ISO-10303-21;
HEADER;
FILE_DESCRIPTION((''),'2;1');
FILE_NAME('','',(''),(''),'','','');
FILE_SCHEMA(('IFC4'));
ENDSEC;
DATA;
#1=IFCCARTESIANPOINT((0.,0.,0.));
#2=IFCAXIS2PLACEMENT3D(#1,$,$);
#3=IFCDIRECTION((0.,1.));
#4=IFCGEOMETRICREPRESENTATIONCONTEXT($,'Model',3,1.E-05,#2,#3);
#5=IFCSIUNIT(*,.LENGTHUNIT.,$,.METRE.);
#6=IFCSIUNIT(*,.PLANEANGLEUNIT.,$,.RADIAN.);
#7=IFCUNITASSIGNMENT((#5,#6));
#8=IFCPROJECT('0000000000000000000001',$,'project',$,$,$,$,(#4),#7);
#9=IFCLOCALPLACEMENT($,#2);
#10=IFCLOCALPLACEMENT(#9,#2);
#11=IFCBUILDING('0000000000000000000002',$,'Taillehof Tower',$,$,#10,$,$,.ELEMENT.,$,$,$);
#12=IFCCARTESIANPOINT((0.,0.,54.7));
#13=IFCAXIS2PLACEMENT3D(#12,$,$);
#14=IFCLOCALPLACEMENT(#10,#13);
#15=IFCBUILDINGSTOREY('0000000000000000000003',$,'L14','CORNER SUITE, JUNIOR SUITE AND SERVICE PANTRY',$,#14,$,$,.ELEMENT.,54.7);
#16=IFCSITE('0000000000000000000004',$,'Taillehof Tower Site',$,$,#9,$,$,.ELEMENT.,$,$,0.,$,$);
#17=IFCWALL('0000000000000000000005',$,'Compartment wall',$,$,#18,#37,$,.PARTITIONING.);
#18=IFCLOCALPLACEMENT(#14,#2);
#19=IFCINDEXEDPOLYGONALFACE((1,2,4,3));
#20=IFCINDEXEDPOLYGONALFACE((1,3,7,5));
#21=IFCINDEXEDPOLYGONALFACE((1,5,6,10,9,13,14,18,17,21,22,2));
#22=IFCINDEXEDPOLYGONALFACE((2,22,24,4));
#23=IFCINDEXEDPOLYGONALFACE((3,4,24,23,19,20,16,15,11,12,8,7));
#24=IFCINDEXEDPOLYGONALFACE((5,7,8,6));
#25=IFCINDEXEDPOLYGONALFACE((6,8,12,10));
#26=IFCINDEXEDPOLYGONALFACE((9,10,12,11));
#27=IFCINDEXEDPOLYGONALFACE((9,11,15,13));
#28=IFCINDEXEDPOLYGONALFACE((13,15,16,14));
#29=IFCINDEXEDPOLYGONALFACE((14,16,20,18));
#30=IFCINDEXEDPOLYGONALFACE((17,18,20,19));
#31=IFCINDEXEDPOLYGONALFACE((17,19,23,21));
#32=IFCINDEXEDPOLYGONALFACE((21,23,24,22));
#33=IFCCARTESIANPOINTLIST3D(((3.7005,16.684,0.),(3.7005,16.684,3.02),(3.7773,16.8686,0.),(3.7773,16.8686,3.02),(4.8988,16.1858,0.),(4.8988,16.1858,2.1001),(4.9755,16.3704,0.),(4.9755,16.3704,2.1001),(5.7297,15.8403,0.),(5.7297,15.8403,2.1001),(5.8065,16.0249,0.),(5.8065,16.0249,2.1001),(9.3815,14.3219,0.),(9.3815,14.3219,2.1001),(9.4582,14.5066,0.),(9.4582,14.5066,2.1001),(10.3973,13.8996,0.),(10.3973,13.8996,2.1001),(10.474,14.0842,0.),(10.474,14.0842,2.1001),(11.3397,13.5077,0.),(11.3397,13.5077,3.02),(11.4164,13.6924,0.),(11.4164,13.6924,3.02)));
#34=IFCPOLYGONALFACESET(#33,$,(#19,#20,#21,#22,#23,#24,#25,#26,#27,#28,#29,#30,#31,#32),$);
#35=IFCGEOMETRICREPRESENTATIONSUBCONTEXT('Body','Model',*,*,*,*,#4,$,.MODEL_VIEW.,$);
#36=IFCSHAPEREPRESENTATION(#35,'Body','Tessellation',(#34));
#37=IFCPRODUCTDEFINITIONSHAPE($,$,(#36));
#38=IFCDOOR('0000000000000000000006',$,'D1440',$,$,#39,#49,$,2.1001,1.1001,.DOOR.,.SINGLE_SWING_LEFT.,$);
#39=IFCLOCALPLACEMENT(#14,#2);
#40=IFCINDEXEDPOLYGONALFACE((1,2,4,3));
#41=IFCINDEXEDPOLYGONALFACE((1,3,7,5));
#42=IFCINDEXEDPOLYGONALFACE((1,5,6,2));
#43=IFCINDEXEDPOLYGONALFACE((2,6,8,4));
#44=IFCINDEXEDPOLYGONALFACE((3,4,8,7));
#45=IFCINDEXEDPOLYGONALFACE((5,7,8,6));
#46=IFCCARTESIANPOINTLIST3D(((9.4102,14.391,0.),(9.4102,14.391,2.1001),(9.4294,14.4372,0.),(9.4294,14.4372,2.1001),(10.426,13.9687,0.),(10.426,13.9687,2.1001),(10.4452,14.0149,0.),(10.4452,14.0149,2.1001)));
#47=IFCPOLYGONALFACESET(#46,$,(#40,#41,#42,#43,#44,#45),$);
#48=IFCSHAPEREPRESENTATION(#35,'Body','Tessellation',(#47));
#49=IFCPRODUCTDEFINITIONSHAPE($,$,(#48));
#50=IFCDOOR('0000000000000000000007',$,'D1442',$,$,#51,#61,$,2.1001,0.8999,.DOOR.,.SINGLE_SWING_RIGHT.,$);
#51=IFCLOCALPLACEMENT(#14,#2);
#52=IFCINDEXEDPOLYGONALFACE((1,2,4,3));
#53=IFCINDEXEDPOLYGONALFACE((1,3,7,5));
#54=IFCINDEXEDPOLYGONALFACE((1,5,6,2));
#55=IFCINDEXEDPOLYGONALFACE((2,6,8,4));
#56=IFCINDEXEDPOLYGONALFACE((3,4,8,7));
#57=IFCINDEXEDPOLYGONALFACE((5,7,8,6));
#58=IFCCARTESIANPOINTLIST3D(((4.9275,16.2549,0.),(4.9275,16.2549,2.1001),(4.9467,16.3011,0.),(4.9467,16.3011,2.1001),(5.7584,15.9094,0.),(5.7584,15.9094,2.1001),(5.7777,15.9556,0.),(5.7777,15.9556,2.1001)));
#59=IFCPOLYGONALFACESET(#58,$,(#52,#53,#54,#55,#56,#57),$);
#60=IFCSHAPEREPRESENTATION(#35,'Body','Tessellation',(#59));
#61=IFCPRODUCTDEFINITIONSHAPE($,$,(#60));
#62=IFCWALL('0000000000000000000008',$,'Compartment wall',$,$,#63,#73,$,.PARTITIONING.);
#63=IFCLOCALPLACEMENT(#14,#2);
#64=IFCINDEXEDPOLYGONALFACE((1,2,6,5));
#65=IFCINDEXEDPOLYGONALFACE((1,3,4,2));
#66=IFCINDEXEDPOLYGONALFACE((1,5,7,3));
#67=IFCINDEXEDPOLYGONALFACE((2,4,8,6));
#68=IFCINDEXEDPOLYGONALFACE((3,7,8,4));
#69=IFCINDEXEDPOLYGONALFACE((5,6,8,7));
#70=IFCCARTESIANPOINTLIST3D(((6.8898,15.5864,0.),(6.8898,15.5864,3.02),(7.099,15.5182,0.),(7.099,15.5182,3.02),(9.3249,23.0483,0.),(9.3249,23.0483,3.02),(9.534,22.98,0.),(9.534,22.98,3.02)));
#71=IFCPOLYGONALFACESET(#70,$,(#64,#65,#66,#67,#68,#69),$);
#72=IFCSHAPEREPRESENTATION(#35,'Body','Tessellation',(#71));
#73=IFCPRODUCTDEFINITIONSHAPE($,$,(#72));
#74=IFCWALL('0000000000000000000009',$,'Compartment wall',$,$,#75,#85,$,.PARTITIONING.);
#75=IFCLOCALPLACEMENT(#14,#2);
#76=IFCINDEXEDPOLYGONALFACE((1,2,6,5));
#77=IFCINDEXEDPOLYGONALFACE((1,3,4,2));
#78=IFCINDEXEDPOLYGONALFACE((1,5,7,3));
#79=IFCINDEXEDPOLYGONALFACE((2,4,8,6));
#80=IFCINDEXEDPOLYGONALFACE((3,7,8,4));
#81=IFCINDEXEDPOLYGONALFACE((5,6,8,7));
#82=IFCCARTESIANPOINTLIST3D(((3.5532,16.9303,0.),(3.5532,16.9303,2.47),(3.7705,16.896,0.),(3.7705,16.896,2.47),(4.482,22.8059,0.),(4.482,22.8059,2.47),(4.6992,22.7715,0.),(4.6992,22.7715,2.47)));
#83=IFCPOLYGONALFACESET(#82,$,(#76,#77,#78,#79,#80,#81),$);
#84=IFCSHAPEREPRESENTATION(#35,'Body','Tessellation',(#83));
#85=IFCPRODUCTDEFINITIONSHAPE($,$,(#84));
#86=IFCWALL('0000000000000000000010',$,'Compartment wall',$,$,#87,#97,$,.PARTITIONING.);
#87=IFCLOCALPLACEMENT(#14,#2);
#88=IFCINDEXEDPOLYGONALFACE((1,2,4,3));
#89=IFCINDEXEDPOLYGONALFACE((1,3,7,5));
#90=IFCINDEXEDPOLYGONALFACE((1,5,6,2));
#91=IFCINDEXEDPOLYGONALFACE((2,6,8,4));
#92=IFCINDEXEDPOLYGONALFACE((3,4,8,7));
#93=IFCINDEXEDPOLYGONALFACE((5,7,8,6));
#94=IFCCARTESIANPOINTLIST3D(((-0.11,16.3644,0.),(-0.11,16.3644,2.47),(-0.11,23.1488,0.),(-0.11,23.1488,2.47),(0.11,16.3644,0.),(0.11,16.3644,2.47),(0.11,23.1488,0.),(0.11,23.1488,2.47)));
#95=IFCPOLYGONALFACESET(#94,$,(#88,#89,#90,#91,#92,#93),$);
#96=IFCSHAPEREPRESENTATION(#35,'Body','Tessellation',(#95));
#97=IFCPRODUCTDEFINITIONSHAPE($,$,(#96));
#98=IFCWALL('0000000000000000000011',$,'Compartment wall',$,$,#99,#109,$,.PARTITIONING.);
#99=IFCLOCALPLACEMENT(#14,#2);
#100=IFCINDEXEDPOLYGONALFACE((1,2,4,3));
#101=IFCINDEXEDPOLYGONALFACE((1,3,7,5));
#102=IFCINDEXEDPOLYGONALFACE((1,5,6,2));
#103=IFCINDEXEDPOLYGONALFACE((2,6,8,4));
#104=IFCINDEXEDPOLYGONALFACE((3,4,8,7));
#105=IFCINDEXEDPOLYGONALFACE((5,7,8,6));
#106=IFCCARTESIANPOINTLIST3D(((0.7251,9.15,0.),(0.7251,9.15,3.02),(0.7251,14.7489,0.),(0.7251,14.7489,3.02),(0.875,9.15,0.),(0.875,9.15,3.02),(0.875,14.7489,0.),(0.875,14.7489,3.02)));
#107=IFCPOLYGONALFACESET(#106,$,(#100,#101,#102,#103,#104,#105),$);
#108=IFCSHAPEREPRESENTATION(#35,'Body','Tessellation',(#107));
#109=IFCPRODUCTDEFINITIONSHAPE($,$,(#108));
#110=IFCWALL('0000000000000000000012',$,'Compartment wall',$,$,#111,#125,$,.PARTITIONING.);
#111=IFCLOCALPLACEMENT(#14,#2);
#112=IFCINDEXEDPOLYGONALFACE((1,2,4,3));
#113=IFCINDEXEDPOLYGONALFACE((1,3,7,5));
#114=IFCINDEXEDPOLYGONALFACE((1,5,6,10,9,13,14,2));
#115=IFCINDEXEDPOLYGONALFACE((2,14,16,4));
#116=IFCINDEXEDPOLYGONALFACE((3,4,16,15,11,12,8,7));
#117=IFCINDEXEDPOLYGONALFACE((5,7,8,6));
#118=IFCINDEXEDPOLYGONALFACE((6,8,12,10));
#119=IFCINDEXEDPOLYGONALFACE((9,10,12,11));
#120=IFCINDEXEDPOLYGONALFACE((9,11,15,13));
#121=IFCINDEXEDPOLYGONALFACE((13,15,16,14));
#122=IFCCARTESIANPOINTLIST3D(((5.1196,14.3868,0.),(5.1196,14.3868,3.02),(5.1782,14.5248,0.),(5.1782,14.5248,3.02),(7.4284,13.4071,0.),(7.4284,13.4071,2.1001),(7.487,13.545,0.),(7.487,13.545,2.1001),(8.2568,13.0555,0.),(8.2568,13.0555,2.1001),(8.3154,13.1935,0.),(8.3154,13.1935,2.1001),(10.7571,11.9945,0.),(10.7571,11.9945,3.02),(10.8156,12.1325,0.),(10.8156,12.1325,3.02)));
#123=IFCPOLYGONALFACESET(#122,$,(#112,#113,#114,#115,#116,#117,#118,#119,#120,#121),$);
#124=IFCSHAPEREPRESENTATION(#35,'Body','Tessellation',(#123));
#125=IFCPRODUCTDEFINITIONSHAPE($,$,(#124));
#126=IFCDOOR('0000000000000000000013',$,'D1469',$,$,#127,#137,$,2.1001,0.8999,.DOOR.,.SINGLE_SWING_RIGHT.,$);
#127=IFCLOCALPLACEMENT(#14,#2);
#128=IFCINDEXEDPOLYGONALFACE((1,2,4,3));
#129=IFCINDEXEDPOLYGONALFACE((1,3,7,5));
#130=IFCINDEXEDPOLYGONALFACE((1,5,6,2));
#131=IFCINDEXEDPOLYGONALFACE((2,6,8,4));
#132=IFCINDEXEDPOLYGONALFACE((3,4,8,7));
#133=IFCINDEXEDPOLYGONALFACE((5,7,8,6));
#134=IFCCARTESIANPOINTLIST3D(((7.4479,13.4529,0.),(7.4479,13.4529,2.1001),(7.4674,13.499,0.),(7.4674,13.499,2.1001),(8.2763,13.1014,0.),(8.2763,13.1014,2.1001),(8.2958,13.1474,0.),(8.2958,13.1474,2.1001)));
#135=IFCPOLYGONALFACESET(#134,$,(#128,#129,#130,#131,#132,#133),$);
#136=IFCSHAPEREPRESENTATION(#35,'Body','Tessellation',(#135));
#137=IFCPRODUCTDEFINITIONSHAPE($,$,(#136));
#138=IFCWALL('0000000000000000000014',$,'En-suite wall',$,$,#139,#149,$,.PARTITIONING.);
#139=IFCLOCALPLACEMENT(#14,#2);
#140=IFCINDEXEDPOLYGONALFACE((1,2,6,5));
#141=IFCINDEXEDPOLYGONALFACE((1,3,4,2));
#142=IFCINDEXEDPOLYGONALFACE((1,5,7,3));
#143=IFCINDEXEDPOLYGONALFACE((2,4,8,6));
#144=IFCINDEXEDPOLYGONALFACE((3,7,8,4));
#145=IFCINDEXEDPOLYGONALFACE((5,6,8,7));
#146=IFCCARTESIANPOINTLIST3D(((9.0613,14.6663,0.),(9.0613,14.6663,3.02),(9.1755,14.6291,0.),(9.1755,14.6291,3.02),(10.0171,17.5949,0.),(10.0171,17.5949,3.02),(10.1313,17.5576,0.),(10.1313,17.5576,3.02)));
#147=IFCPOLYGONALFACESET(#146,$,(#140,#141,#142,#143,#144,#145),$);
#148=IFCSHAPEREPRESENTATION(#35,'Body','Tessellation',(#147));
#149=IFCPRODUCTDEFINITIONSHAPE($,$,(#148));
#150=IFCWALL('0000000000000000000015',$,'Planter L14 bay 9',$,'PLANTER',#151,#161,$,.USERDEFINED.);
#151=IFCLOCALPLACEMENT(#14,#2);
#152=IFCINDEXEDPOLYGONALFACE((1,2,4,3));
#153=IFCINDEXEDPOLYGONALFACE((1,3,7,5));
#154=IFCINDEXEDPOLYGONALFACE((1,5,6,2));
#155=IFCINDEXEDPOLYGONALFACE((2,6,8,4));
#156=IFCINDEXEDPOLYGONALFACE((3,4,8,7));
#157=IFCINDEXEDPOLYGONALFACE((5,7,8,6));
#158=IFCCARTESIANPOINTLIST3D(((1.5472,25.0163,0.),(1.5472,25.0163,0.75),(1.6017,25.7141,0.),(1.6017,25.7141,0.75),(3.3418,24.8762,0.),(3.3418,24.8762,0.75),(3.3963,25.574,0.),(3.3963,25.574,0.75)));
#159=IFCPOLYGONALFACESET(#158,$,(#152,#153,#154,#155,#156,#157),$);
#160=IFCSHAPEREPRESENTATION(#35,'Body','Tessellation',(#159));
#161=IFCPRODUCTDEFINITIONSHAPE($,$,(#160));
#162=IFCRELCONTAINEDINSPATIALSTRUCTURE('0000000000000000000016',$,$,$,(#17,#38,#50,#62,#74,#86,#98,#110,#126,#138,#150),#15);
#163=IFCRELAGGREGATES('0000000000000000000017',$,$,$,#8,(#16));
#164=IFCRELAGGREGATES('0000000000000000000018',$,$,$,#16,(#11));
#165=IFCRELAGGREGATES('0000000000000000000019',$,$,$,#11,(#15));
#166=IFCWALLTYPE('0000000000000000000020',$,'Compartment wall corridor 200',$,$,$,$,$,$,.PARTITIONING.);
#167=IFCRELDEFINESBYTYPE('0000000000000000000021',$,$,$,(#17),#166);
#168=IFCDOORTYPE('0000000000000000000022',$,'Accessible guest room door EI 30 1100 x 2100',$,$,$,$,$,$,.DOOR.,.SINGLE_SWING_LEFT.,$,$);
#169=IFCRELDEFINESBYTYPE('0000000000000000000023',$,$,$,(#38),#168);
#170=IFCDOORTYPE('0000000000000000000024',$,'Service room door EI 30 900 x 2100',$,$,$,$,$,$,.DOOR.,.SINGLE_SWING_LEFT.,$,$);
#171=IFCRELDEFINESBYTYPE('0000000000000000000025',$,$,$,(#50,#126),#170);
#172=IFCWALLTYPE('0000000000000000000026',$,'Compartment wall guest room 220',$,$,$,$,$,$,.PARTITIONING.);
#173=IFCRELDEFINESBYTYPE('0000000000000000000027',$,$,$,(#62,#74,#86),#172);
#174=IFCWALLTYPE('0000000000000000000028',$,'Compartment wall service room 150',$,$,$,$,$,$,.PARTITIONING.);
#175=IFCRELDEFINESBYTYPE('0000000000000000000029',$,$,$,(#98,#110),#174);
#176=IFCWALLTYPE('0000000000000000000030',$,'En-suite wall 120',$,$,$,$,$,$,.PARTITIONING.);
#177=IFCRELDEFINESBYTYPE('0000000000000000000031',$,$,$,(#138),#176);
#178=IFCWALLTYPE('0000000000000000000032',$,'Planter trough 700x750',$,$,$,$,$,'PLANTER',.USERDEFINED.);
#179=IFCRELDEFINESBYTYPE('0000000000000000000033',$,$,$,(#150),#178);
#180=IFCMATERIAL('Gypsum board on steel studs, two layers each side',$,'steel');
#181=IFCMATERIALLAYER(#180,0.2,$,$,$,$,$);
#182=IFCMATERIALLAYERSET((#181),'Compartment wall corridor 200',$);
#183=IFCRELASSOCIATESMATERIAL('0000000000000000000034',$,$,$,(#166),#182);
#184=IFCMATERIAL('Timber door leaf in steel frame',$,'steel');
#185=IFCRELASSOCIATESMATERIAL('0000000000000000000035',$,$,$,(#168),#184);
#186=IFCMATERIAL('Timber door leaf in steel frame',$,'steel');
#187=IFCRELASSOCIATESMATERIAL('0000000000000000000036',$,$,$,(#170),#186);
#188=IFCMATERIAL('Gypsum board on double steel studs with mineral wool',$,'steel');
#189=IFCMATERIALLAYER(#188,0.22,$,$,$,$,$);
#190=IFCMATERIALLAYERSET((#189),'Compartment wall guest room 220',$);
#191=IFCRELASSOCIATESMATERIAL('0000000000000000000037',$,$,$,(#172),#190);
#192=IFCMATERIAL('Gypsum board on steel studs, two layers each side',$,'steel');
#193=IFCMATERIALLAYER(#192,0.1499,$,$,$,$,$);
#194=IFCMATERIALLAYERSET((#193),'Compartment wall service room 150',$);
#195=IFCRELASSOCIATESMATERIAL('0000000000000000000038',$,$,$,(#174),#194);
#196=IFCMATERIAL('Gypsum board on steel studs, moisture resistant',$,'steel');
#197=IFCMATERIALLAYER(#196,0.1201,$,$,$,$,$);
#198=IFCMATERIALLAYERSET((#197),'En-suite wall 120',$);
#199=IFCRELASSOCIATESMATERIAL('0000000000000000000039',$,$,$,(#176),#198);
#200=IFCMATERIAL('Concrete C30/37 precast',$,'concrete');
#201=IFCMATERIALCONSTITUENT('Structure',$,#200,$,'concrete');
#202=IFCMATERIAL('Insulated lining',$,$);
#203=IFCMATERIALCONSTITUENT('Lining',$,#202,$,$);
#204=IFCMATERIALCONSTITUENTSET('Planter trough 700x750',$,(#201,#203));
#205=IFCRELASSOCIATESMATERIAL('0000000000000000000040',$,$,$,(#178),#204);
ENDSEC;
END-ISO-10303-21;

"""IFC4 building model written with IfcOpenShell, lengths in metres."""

from ifc_helpers import new_model, si_unit, direction, frame, frame_2d, origin, place, context, subcontext, project, spatial, rectangle, extrude, material, layer, layer_set, constituent, constituent_set, type_object, element, fill, save


model = new_model("IFC4")

# Units and contexts
model_context = context("Model", 3, precision=1e-05, world=origin(), true_north=direction((0.0, 1.0)))
body_context = subcontext(model_context, "Body", "Model", "MODEL_VIEW")
ifc_project = project(units=[si_unit("LENGTHUNIT", "METRE"), si_unit("PLANEANGLEUNIT", "RADIAN")], contexts=[model_context])

# Site, building, storey
site_placement = place(None, origin())
site = spatial("IfcSite", under=ifc_project, at=site_placement, Name="Taillehof Tower Site", CompositionType="ELEMENT", RefElevation=0.0)
building_placement = place(site_placement, origin())
building = spatial("IfcBuilding", under=site, at=building_placement, Name="Taillehof Tower", CompositionType="ELEMENT")
storey_placement = place(building_placement, frame((0.0, 0.0, 54.7)))
storey = spatial("IfcBuildingStorey", under=building, at=storey_placement, Name="L14", Description="CORNER SUITE, JUNIOR SUITE AND SERVICE PANTRY", CompositionType="ELEMENT", Elevation=54.7)

# Wall, openings, doors
ifc_material_1 = material(Name="Gypsum board on steel studs, two layers each side", Category="steel")
ifc_layer_1 = layer(ifc_material_1, 0.2)
ifc_layer_set_1 = layer_set([ifc_layer_1], Name="Compartment wall corridor 200")
wall_type_1 = type_object("IfcWallType", Name="Compartment wall corridor 200", PredefinedType="PARTITIONING", material=ifc_layer_set_1)
wall_1_placement = place(storey_placement, frame((3.7388, 16.7764, 0.0), z_axis=(0.0, 0.0, 1.0), x_axis=(0.923365, -0.383924, 0.0)))
wall_1 = element("IfcWall", 1, at=wall_1_placement, inside=storey, type_object=wall_type_1, Name="Compartment wall", PredefinedType="PARTITIONING", context=body_context, shape_type="SweptSolid", body=[
    extrude(rectangle(XDim=8.2732, YDim=0.2, at=frame_2d((4.1367, 0.0))), origin(), (0.0, 0.0, 1.0), 3.02),
])
opening_1_placement = place(wall_1_placement, frame((6.1526, 0.0, 0.0)))
opening_1 = element("IfcOpeningElement", 2, at=opening_1_placement, cuts=wall_1, PredefinedType="OPENING", context=body_context, shape_type="SweptSolid", body=[
    extrude(rectangle(XDim=1.1001, YDim=2.1001, at=frame_2d((0.55, 1.05))), frame((0.0, 0.1099, 0.0), z_axis=(0.0, -1.0, 0.0), x_axis=(1.0, 0.0, 0.0)), (0.0, 0.0, 1.0), 0.22),
])
opening_2_placement = place(wall_1_placement, frame((1.2979, 0.0, 0.0)))
opening_2 = element("IfcOpeningElement", 3, at=opening_2_placement, cuts=wall_1, PredefinedType="OPENING", context=body_context, shape_type="SweptSolid", body=[
    extrude(rectangle(XDim=0.8999, YDim=2.1001, at=frame_2d((0.45, 1.05))), frame((0.0, 0.1099, 0.0), z_axis=(0.0, -1.0, 0.0), x_axis=(1.0, 0.0, 0.0)), (0.0, 0.0, 1.0), 0.22),
])
ifc_material_2 = material(Name="Timber door leaf in steel frame", Category="steel")
door_type_1 = type_object("IfcDoorType", Name="Accessible guest room door EI 30 1100 x 2100", OperationType="SINGLE_SWING_LEFT", PredefinedType="DOOR", material=ifc_material_2)
door_1_placement = place(opening_1_placement, origin())
door_1 = element("IfcDoor", 4, at=door_1_placement, inside=storey, type_object=door_type_1, Name="D1440", OperationType="SINGLE_SWING_LEFT", OverallHeight=2.1001, OverallWidth=1.1001, PredefinedType="DOOR", context=body_context, shape_type="SweptSolid", body=[
    extrude(rectangle(XDim=1.1001, YDim=2.1001, at=frame_2d((0.55, 1.05))), frame((0.0, 0.0249, 0.0), z_axis=(0.0, -1.0, 0.0), x_axis=(1.0, 0.0, 0.0)), (0.0, 0.0, 1.0), 0.05),
])
fill(opening_1, door_1)
ifc_material_3 = material(Name="Timber door leaf in steel frame", Category="steel")
door_type_2 = type_object("IfcDoorType", Name="Service room door EI 30 900 x 2100", OperationType="SINGLE_SWING_LEFT", PredefinedType="DOOR", material=ifc_material_3)
door_2_placement = place(opening_2_placement, origin())
door_2 = element("IfcDoor", 5, at=door_2_placement, inside=storey, type_object=door_type_2, Name="D1442", OperationType="SINGLE_SWING_RIGHT", OverallHeight=2.1001, OverallWidth=0.8999, PredefinedType="DOOR", context=body_context, shape_type="SweptSolid", body=[
    extrude(rectangle(XDim=0.8999, YDim=2.1001, at=frame_2d((0.45, 1.05))), frame((0.0, 0.0249, 0.0), z_axis=(0.0, -1.0, 0.0), x_axis=(1.0, 0.0, 0.0)), (0.0, 0.0, 1.0), 0.05),
])
fill(opening_2, door_2)

# Walls
ifc_material_4 = material(Name="Gypsum board on double steel studs with mineral wool", Category="steel")
ifc_layer_2 = layer(ifc_material_4, 0.22)
ifc_layer_set_2 = layer_set([ifc_layer_2], Name="Compartment wall guest room 220")
wall_type_2 = type_object("IfcWallType", Name="Compartment wall guest room 220", PredefinedType="PARTITIONING", material=ifc_layer_set_2)
wall_2_placement = place(storey_placement, frame((9.4294, 23.0142, 0.0), z_axis=(0.0, 0.0, 1.0), x_axis=(-0.310231, -0.950661, 0.0)))
element("IfcWall", 6, at=wall_2_placement, inside=storey, type_object=wall_type_2, Name="Compartment wall", PredefinedType="PARTITIONING", context=body_context, shape_type="SweptSolid", body=[
    extrude(rectangle(XDim=7.8491, YDim=0.22, at=frame_2d((3.9246, 0.0))), origin(), (0.0, 0.0, 1.0), 3.02),
])
wall_3_placement = place(storey_placement, frame((4.5906, 22.7886, 0.0), z_axis=(0.0, 0.0, 1.0), x_axis=(-0.156127, -0.987737, 0.0)))
element("IfcWall", 7, at=wall_3_placement, inside=storey, type_object=wall_type_2, Name="Compartment wall", PredefinedType="PARTITIONING", context=body_context, shape_type="SweptSolid", body=[
    extrude(rectangle(XDim=5.9485, YDim=0.22, at=frame_2d((2.9741, 0.0))), origin(), (0.0, 0.0, 1.0), 2.47),
])
wall_4_placement = place(storey_placement, frame((0.0, 23.1487, 0.0), z_axis=(0.0, 0.0, 1.0), x_axis=(0.0, -1.0, 0.0)))
element("IfcWall", 8, at=wall_4_placement, inside=storey, type_object=wall_type_2, Name="Compartment wall", PredefinedType="PARTITIONING", context=body_context, shape_type="SweptSolid", body=[
    extrude(rectangle(XDim=6.7844, YDim=0.22, at=frame_2d((3.3921, 0.0))), origin(), (0.0, 0.0, 1.0), 2.47),
])
ifc_material_5 = material(Name="Gypsum board on steel studs, two layers each side", Category="steel")
ifc_layer_3 = layer(ifc_material_5, 0.1499)
ifc_layer_set_3 = layer_set([ifc_layer_3], Name="Compartment wall service room 150")
wall_type_3 = type_object("IfcWallType", Name="Compartment wall service room 150", PredefinedType="PARTITIONING", material=ifc_layer_set_3)
wall_5_placement = place(storey_placement, frame((0.8, 14.7488, 0.0), z_axis=(0.0, 0.0, 1.0), x_axis=(0.0, -1.0, 0.0)))
element("IfcWall", 9, at=wall_5_placement, inside=storey, type_object=wall_type_3, Name="Compartment wall", PredefinedType="PARTITIONING", context=body_context, shape_type="SweptSolid", body=[
    extrude(rectangle(XDim=5.5989, YDim=0.1499, at=frame_2d((2.7993, 0.0))), origin(), (0.0, 0.0, 1.0), 3.02),
])

# Wall, opening, door
wall_6_placement = place(storey_placement, frame((5.1489, 14.4558, 0.0), z_axis=(0.0, 0.0, 1.0), x_axis=(0.920541, -0.390645, 0.0)))
wall_6 = element("IfcWall", 10, at=wall_6_placement, inside=storey, type_object=wall_type_3, Name="Compartment wall", PredefinedType="PARTITIONING", context=body_context, shape_type="SweptSolid", body=[
    extrude(rectangle(XDim=6.124, YDim=0.1499, at=frame_2d((3.062, 0.0))), origin(), (0.0, 0.0, 1.0), 3.02),
])
opening_3_placement = place(wall_6_placement, frame((2.5081, 0.0, 0.0)))
opening_3 = element("IfcOpeningElement", 11, at=opening_3_placement, cuts=wall_6, PredefinedType="OPENING", context=body_context, shape_type="SweptSolid", body=[
    extrude(rectangle(XDim=0.8999, YDim=2.1001, at=frame_2d((0.45, 1.05))), frame((0.0, 0.085, 0.0), z_axis=(0.0, -1.0, 0.0), x_axis=(1.0, 0.0, 0.0)), (0.0, 0.0, 1.0), 0.1699),
])
door_3_placement = place(opening_3_placement, origin())
door_3 = element("IfcDoor", 12, at=door_3_placement, inside=storey, type_object=door_type_2, Name="D1469", OperationType="SINGLE_SWING_RIGHT", OverallHeight=2.1001, OverallWidth=0.8999, PredefinedType="DOOR", context=body_context, shape_type="SweptSolid", body=[
    extrude(rectangle(XDim=0.8999, YDim=2.1001, at=frame_2d((0.45, 1.05))), frame((0.0, 0.0249, 0.0), z_axis=(0.0, -1.0, 0.0), x_axis=(1.0, 0.0, 0.0)), (0.0, 0.0, 1.0), 0.05),
])
fill(opening_3, door_3)

# Walls
ifc_material_6 = material(Name="Gypsum board on steel studs, moisture resistant", Category="steel")
ifc_layer_4 = layer(ifc_material_6, 0.1201)
ifc_layer_set_4 = layer_set([ifc_layer_4], Name="En-suite wall 120")
wall_type_4 = type_object("IfcWallType", Name="En-suite wall 120", PredefinedType="PARTITIONING", material=ifc_layer_set_4)
wall_7_placement = place(storey_placement, frame((9.1184, 14.6477, 0.0), z_axis=(0.0, 0.0, 1.0), x_axis=(0.310278, 0.950646, 0.0)))
element("IfcWall", 13, at=wall_7_placement, inside=storey, type_object=wall_type_4, Name="En-suite wall", PredefinedType="PARTITIONING", context=body_context, shape_type="SweptSolid", body=[
    extrude(rectangle(XDim=3.0806, YDim=0.1201, at=frame_2d((1.5403, 0.0))), origin(), (0.0, 0.0, 1.0), 3.02),
])
ifc_material_7 = material(Name="Concrete C30/37 precast", Category="concrete")
ifc_constituent_1 = constituent(ifc_material_7, Name="Structure", Category="concrete")
ifc_material_8 = material(Name="Insulated lining")
ifc_constituent_2 = constituent(ifc_material_8, Name="Lining")
ifc_constituent_set = constituent_set(constituents=[ifc_constituent_1, ifc_constituent_2], Name="Planter trough 700x750")
wall_type_5 = type_object("IfcWallType", Name="Planter trough 700x750", ElementType="PLANTER", PredefinedType="USERDEFINED", material=ifc_constituent_set)
wall_8_placement = place(storey_placement, frame((3.3689, 25.2251, 0.0), z_axis=(0.0, 0.0, 1.0), x_axis=(-0.996965, 0.077848, 0.0)))
element("IfcWall", 14, at=wall_8_placement, inside=storey, type_object=wall_type_5, Name="Planter L14 bay 9", ObjectType="PLANTER", PredefinedType="USERDEFINED", context=body_context, shape_type="SweptSolid", body=[
    extrude(rectangle(XDim=1.8, YDim=0.7, at=frame_2d((0.8999, 0.0))), origin(), (0.0, 0.0, 1.0), 0.75),
])

save(model, "model.ifc")
